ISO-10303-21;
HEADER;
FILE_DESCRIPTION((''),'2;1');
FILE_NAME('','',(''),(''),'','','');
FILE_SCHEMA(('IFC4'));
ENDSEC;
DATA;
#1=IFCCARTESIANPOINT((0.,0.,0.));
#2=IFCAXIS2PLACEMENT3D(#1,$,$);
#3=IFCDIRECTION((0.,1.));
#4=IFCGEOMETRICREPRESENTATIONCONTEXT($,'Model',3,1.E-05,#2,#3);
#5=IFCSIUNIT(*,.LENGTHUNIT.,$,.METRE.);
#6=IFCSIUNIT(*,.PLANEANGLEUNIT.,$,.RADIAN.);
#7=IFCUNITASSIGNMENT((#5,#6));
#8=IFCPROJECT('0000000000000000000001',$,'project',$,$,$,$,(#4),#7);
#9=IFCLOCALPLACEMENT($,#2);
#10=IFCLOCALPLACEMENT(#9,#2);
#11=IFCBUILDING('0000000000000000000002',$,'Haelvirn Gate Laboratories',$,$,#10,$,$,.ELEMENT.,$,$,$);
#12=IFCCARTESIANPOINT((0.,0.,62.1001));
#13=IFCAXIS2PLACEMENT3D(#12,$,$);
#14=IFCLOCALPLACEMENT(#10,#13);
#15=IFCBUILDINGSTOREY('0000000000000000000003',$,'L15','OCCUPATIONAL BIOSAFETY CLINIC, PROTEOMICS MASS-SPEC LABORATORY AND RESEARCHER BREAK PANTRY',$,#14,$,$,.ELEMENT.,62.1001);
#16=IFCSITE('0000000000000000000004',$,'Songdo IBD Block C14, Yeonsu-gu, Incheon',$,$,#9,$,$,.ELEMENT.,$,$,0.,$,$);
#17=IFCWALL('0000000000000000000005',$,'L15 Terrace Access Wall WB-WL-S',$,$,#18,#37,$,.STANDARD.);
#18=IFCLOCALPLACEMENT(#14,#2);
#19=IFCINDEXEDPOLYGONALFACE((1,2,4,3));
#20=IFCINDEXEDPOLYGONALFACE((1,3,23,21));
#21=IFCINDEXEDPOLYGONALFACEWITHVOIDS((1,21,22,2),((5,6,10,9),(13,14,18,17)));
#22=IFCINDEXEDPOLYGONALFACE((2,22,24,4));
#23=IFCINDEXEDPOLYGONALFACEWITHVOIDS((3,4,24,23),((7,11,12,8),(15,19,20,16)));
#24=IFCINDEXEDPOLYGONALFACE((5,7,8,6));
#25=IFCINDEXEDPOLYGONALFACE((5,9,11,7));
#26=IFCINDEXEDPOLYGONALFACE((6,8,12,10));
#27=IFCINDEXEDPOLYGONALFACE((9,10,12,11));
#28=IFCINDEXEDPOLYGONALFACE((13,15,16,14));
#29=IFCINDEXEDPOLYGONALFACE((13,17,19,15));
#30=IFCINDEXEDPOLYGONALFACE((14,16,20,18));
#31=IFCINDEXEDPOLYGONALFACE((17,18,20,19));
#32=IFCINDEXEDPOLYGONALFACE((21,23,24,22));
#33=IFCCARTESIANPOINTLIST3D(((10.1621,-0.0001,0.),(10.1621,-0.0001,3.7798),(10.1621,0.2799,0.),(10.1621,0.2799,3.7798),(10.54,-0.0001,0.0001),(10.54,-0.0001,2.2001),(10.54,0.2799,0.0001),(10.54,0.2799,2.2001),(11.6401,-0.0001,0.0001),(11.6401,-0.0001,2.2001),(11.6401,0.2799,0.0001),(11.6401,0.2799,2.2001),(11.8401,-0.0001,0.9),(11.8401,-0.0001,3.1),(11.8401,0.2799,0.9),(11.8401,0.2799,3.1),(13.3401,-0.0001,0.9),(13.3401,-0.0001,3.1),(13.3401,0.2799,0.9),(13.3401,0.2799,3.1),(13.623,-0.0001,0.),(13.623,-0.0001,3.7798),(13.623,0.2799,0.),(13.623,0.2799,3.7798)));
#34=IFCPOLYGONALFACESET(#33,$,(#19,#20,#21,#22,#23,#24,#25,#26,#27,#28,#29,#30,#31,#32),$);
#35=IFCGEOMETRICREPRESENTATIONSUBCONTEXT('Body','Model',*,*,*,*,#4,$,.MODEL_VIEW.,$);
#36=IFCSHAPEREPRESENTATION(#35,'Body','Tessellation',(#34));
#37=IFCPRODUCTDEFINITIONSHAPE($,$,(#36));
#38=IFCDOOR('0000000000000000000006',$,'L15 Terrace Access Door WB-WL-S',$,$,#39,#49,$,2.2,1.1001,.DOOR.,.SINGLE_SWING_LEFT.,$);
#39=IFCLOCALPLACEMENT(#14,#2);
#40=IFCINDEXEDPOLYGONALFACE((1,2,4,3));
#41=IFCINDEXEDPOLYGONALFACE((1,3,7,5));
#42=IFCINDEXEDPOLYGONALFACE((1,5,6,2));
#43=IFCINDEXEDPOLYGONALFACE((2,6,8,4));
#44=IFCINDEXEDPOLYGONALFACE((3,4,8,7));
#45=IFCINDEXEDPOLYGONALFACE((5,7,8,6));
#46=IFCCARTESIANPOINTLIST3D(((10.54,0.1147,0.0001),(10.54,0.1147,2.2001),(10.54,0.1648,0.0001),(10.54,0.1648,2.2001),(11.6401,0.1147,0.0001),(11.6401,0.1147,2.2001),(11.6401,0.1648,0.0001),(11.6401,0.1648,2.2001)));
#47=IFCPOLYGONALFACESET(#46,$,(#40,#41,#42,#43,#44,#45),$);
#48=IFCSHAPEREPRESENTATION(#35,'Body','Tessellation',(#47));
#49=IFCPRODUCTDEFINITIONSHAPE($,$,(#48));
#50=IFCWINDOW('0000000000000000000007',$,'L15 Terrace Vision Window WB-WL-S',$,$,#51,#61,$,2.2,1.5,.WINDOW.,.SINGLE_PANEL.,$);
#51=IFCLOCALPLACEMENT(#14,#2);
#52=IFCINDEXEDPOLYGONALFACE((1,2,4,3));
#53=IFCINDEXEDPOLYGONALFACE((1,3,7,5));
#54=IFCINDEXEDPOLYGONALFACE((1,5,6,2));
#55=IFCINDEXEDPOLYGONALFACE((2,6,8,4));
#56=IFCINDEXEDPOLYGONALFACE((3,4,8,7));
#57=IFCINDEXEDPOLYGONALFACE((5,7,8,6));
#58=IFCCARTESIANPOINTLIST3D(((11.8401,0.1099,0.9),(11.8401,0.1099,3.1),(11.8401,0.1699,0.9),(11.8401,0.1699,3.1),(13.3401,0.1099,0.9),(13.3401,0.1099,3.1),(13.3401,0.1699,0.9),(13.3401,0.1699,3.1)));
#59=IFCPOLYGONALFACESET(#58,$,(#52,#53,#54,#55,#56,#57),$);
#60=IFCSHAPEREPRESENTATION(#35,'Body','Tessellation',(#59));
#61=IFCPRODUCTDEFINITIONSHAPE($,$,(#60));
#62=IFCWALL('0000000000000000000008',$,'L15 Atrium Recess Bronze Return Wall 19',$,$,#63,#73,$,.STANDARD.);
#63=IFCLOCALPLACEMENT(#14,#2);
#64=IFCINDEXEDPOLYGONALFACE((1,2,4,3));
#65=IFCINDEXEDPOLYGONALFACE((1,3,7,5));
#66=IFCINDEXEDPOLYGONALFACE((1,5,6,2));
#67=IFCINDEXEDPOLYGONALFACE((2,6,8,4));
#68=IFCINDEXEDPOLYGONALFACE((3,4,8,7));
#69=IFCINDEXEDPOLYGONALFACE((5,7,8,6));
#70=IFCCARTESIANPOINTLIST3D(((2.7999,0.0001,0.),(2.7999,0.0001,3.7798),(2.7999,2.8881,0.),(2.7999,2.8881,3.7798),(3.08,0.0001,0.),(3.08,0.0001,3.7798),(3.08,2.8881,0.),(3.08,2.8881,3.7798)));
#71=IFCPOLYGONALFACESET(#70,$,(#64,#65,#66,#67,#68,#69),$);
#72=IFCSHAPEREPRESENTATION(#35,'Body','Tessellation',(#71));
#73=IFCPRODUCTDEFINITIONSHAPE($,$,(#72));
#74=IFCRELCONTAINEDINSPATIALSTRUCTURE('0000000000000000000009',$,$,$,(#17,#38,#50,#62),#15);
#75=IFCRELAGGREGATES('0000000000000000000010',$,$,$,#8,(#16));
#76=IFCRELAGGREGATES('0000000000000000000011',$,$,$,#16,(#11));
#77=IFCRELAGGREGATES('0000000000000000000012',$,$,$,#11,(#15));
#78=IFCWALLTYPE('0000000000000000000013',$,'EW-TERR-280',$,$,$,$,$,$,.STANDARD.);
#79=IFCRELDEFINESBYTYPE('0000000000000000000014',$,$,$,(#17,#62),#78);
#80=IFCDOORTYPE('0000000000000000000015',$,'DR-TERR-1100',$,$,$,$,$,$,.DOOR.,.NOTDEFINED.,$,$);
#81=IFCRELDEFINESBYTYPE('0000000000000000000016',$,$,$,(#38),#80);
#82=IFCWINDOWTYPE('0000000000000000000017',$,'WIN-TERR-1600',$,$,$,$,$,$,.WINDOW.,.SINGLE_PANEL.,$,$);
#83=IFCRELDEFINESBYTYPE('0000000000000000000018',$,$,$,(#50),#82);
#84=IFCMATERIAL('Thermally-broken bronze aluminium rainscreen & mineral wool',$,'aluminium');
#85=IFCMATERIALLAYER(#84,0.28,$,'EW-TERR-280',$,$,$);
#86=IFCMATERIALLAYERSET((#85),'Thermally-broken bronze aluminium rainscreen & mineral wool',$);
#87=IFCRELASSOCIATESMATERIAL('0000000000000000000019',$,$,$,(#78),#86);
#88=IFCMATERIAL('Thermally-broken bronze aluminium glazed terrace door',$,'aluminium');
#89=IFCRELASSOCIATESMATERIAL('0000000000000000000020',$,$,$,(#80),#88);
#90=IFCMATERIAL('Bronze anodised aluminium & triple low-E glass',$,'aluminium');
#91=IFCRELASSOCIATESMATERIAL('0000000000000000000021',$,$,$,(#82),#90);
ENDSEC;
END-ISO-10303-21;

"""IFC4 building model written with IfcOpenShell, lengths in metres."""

from ifc_helpers import new_model, si_unit, direction, frame, frame_2d, origin, place, context, subcontext, project, spatial, rectangle, extrude, source, transform, mapped, material, layer, layer_set, type_object, type_shapes, element, fill, save


model = new_model("IFC4")

# Units and contexts
model_context = context("Model", 3, precision=1e-05, world=origin(), true_north=direction((0.0, 1.0)))
body_context = subcontext(model_context, "Body", "Model", "MODEL_VIEW")
ifc_project = project(units=[si_unit("LENGTHUNIT", "METRE"), si_unit("PLANEANGLEUNIT", "RADIAN")], contexts=[model_context])

# Site, building, storey
site_placement = place(None, origin())
site = spatial("IfcSite", under=ifc_project, at=site_placement, Name="Songdo IBD Block C14, Yeonsu-gu, Incheon", CompositionType="ELEMENT", RefElevation=0.0)
building_placement = place(site_placement, origin())
building = spatial("IfcBuilding", under=site, at=building_placement, Name="Haelvirn Gate Laboratories", CompositionType="ELEMENT")
storey_placement = place(building_placement, frame((0.0, 0.0, 62.1001)))
storey = spatial("IfcBuildingStorey", under=building, at=storey_placement, Name="L15", Description="OCCUPATIONAL BIOSAFETY CLINIC, PROTEOMICS MASS-SPEC LABORATORY AND RESEARCHER BREAK PANTRY", CompositionType="ELEMENT", Elevation=62.1001)

# Wall, openings, door, window
ifc_material_1 = material(Name="Thermally-broken bronze aluminium rainscreen & mineral wool", Category="aluminium")
ifc_layer_1 = layer(ifc_material_1, 0.28, Name="EW-TERR-280")
ifc_layer_set_1 = layer_set([ifc_layer_1], Name="Thermally-broken bronze aluminium rainscreen & mineral wool")
wall_type = type_object("IfcWallType", Name="EW-TERR-280", PredefinedType="STANDARD", material=ifc_layer_set_1)
wall_1_placement = place(storey_placement, frame((10.1621, 0.1399, 0.0), z_axis=(0.0, 0.0, 1.0), x_axis=(1.0, 0.0, 0.0)))
wall_1 = element("IfcWall", 1, at=wall_1_placement, inside=storey, type_object=wall_type, Name="L15 Terrace Access Wall WB-WL-S", PredefinedType="STANDARD", context=body_context, shape_type="SweptSolid", body=[
    extrude(rectangle(XDim=3.4609, YDim=0.28, at=frame_2d((1.7305, 0.0))), origin(), (0.0, 0.0, 1.0), 3.7798),
])
opening_1_placement = place(wall_1_placement, frame((0.3779, 0.0, 0.0)))
opening_1 = element("IfcOpeningElement", 2, at=opening_1_placement, cuts=wall_1, PredefinedType="OPENING", context=body_context, shape_type="SweptSolid", body=[
    extrude(rectangle(XDim=1.1001, YDim=2.2, at=frame_2d((0.55, 1.1001))), frame((0.0, 0.1499, 0.0), z_axis=(0.0, -1.0, 0.0), x_axis=(1.0, 0.0, 0.0)), (0.0, 0.0, 1.0), 0.3),
])
opening_2_placement = place(wall_1_placement, frame((1.678, 0.0, 0.8999)))
opening_2 = element("IfcOpeningElement", 3, at=opening_2_placement, cuts=wall_1, PredefinedType="OPENING", context=body_context, shape_type="SweptSolid", body=[
    extrude(rectangle(XDim=1.5, YDim=2.2, at=frame_2d((0.75, 1.1001))), frame((0.0, 0.1499, 0.0), z_axis=(0.0, -1.0, 0.0), x_axis=(1.0, 0.0, 0.0)), (0.0, 0.0, 1.0), 0.3),
])
ifc_material_2 = material(Name="Thermally-broken bronze aluminium glazed terrace door", Category="aluminium")
door_type = type_object("IfcDoorType", Name="DR-TERR-1100", OperationType="NOTDEFINED", PredefinedType="DOOR", material=ifc_material_2)
shared_shape_1 = source(origin(), body_context, "Body", "SweptSolid", [
    extrude(rectangle(XDim=1.1001, YDim=2.2, at=frame_2d((0.55, 1.1001))), frame((0.0, 0.0249, 0.0), z_axis=(0.0, -1.0, 0.0), x_axis=(1.0, 0.0, 0.0)), (0.0, 0.0, 1.0), 0.05),
])
type_shapes(door_type, [shared_shape_1])
door_placement = place(opening_1_placement, origin())
door = element("IfcDoor", 4, at=door_placement, inside=storey, type_object=door_type, Name="L15 Terrace Access Door WB-WL-S", OperationType="SINGLE_SWING_LEFT", OverallHeight=2.2, OverallWidth=1.1001, PredefinedType="DOOR", context=body_context, shape_type="MappedRepresentation", body=[
    mapped(shared_shape_1, transform((0.0, 0.0, 0.0), scale=1.0)),
])
fill(opening_1, door)
ifc_material_3 = material(Name="Bronze anodised aluminium & triple low-E glass", Category="aluminium")
window_type = type_object("IfcWindowType", Name="WIN-TERR-1600", PartitioningType="SINGLE_PANEL", PredefinedType="WINDOW", material=ifc_material_3)
shared_shape_2 = source(origin(), body_context, "Body", "SweptSolid", [
    extrude(rectangle(XDim=1.5, YDim=2.2, at=frame_2d((0.75, 1.1001))), frame((0.0, 0.03, 0.0), z_axis=(0.0, -1.0, 0.0), x_axis=(1.0, 0.0, 0.0)), (0.0, 0.0, 1.0), 0.0601),
])
type_shapes(window_type, [shared_shape_2])
window_placement = place(opening_2_placement, origin())
window = element("IfcWindow", 5, at=window_placement, inside=storey, type_object=window_type, Name="L15 Terrace Vision Window WB-WL-S", OverallHeight=2.2, OverallWidth=1.5, PartitioningType="SINGLE_PANEL", PredefinedType="WINDOW", context=body_context, shape_type="MappedRepresentation", body=[
    mapped(shared_shape_2, transform((0.0, 0.0, 0.0), scale=1.0)),
])
fill(opening_2, window)

# Wall
wall_2_placement = place(storey_placement, frame((2.9399, 2.8879, 0.0), z_axis=(0.0, 0.0, 1.0), x_axis=(0.0, -1.0, 0.0)))
element("IfcWall", 6, at=wall_2_placement, inside=storey, type_object=wall_type, Name="L15 Atrium Recess Bronze Return Wall 19", PredefinedType="STANDARD", context=body_context, shape_type="SweptSolid", body=[
    extrude(rectangle(XDim=2.8879, YDim=0.28, at=frame_2d((1.4438, 0.0))), origin(), (0.0, 0.0, 1.0), 3.7798),
])

save(model, "model.ifc")
